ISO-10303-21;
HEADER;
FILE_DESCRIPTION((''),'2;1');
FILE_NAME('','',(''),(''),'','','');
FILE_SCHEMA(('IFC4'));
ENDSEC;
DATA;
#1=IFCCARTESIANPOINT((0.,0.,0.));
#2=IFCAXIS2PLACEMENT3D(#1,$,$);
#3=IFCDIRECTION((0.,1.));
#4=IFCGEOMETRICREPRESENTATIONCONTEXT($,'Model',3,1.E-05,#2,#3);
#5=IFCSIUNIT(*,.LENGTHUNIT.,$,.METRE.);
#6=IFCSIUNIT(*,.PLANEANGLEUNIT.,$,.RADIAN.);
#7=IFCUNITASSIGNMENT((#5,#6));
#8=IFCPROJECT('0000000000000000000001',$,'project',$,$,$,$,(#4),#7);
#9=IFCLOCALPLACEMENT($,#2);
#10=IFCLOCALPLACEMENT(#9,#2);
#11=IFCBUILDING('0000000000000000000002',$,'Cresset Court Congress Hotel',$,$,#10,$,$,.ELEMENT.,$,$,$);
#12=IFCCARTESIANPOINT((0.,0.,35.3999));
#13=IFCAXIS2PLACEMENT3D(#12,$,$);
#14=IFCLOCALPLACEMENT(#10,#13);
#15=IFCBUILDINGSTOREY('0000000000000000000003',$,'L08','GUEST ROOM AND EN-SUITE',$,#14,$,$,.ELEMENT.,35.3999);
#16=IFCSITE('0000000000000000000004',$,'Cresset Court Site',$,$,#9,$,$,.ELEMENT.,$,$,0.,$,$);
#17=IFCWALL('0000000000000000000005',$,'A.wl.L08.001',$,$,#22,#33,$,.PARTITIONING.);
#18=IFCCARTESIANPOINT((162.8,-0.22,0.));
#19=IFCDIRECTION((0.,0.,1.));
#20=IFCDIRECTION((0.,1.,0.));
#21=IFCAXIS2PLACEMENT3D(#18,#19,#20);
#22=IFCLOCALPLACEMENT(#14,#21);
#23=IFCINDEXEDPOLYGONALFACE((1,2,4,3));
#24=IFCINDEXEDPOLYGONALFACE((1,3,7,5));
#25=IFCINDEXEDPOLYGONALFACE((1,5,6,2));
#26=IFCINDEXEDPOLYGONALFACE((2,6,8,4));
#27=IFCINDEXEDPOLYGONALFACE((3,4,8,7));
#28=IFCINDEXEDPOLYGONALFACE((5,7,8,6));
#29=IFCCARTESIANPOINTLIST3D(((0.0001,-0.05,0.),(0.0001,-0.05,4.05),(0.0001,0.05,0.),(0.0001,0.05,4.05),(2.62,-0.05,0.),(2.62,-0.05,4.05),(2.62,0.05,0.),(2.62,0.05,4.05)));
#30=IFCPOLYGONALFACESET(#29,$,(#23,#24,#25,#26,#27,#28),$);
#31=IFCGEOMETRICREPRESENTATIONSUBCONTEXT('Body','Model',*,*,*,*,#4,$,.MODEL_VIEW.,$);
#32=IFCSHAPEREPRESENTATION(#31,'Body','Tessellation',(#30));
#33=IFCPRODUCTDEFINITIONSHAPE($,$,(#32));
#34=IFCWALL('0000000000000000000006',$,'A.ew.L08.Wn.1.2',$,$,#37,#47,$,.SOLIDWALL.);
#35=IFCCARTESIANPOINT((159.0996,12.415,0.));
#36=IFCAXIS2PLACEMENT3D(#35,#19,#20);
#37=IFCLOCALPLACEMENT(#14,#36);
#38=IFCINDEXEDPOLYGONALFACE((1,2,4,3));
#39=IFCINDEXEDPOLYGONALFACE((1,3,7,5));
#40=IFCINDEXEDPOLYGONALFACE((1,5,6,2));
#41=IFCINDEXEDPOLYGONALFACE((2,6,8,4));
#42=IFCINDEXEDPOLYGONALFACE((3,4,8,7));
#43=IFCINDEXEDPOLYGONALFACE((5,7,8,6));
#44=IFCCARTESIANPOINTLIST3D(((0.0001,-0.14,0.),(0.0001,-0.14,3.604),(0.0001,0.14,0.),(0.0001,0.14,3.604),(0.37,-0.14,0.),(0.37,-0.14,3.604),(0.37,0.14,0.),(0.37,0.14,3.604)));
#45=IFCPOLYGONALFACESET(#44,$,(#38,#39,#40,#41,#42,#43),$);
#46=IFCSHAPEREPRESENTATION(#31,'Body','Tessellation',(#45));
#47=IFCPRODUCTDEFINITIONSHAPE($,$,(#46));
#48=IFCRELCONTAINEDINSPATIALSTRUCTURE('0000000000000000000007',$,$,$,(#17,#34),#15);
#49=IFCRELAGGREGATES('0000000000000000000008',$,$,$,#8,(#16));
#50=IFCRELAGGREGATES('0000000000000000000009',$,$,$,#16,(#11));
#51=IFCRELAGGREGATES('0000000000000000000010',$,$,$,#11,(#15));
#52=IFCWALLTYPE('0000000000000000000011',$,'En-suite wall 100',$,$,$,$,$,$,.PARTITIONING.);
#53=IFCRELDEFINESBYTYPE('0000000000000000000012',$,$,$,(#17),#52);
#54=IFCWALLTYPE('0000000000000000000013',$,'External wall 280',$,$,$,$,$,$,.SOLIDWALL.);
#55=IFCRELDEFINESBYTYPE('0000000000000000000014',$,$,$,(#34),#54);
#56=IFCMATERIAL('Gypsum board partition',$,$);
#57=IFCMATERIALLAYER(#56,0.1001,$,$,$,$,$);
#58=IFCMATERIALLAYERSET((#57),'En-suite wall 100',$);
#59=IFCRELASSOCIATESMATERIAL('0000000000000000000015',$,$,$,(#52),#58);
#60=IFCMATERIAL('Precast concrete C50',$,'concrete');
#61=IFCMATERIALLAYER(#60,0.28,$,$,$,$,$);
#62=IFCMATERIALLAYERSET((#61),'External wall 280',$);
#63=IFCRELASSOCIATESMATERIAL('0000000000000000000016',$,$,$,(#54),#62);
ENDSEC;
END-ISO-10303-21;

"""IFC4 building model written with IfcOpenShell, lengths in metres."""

from ifc_helpers import new_model, si_unit, direction, frame, frame_2d, origin, place, context, subcontext, project, spatial, rectangle, extrude, material, layer, layer_set, type_object, element, save


model = new_model("IFC4")

# Units and contexts
model_context = context("Model", 3, precision=1e-05, world=origin(), true_north=direction((0.0, 1.0)))
body_context = subcontext(model_context, "Body", "Model", "MODEL_VIEW")
ifc_project = project(units=[si_unit("LENGTHUNIT", "METRE"), si_unit("PLANEANGLEUNIT", "RADIAN")], contexts=[model_context])

# Site, building, storey
site_placement = place(None, origin())
site = spatial("IfcSite", under=ifc_project, at=site_placement, Name="Cresset Court Site", CompositionType="ELEMENT", RefElevation=0.0)
building_placement = place(site_placement, origin())
building = spatial("IfcBuilding", under=site, at=building_placement, Name="Cresset Court Congress Hotel", CompositionType="ELEMENT")
storey_placement = place(building_placement, frame((0.0, 0.0, 35.3999)))
storey = spatial("IfcBuildingStorey", under=building, at=storey_placement, Name="L08", Description="GUEST ROOM AND EN-SUITE", CompositionType="ELEMENT", Elevation=35.3999)

# Wall
ifc_material_1 = material(Name="Gypsum board partition")
ifc_layer_1 = layer(ifc_material_1, 0.1001)
ifc_layer_set_1 = layer_set([ifc_layer_1], Name="En-suite wall 100")
wall_type_1 = type_object("IfcWallType", Name="En-suite wall 100", PredefinedType="PARTITIONING", material=ifc_layer_set_1)
wall_1_placement = place(storey_placement, frame((162.8, -0.22, 0.0), z_axis=(0.0, 0.0, 1.0), x_axis=(0.0, 1.0, 0.0)))
element("IfcWall", 1, at=wall_1_placement, inside=storey, type_object=wall_type_1, Name="A.wl.L08.001", PredefinedType="PARTITIONING", context=body_context, shape_type="SweptSolid", body=[
    extrude(rectangle(XDim=2.6199, YDim=0.1001, at=frame_2d((1.3101, 0.0))), origin(), (0.0, 0.0, 1.0), 4.05),
])

# Shared definitions
ifc_material_2 = material(Name="Precast concrete C50", Category="concrete")
ifc_layer_2 = layer(ifc_material_2, 0.28)
ifc_layer_set_2 = layer_set([ifc_layer_2], Name="External wall 280")
wall_type_2 = type_object("IfcWallType", Name="External wall 280", PredefinedType="SOLIDWALL", material=ifc_layer_set_2)

# Wall
wall_2_placement = place(storey_placement, frame((159.0996, 12.415, 0.0), z_axis=(0.0, 0.0, 1.0), x_axis=(0.0, 1.0, 0.0)))
element("IfcWall", 2, at=wall_2_placement, inside=storey, type_object=wall_type_2, Name="A.ew.L08.Wn.1.2", PredefinedType="SOLIDWALL", context=body_context, shape_type="SweptSolid", body=[
    extrude(rectangle(XDim=0.3699, YDim=0.28, at=frame_2d((0.1851, 0.0))), origin(), (0.0, 0.0, 1.0), 3.604),
])

save(model, "model.ifc")
